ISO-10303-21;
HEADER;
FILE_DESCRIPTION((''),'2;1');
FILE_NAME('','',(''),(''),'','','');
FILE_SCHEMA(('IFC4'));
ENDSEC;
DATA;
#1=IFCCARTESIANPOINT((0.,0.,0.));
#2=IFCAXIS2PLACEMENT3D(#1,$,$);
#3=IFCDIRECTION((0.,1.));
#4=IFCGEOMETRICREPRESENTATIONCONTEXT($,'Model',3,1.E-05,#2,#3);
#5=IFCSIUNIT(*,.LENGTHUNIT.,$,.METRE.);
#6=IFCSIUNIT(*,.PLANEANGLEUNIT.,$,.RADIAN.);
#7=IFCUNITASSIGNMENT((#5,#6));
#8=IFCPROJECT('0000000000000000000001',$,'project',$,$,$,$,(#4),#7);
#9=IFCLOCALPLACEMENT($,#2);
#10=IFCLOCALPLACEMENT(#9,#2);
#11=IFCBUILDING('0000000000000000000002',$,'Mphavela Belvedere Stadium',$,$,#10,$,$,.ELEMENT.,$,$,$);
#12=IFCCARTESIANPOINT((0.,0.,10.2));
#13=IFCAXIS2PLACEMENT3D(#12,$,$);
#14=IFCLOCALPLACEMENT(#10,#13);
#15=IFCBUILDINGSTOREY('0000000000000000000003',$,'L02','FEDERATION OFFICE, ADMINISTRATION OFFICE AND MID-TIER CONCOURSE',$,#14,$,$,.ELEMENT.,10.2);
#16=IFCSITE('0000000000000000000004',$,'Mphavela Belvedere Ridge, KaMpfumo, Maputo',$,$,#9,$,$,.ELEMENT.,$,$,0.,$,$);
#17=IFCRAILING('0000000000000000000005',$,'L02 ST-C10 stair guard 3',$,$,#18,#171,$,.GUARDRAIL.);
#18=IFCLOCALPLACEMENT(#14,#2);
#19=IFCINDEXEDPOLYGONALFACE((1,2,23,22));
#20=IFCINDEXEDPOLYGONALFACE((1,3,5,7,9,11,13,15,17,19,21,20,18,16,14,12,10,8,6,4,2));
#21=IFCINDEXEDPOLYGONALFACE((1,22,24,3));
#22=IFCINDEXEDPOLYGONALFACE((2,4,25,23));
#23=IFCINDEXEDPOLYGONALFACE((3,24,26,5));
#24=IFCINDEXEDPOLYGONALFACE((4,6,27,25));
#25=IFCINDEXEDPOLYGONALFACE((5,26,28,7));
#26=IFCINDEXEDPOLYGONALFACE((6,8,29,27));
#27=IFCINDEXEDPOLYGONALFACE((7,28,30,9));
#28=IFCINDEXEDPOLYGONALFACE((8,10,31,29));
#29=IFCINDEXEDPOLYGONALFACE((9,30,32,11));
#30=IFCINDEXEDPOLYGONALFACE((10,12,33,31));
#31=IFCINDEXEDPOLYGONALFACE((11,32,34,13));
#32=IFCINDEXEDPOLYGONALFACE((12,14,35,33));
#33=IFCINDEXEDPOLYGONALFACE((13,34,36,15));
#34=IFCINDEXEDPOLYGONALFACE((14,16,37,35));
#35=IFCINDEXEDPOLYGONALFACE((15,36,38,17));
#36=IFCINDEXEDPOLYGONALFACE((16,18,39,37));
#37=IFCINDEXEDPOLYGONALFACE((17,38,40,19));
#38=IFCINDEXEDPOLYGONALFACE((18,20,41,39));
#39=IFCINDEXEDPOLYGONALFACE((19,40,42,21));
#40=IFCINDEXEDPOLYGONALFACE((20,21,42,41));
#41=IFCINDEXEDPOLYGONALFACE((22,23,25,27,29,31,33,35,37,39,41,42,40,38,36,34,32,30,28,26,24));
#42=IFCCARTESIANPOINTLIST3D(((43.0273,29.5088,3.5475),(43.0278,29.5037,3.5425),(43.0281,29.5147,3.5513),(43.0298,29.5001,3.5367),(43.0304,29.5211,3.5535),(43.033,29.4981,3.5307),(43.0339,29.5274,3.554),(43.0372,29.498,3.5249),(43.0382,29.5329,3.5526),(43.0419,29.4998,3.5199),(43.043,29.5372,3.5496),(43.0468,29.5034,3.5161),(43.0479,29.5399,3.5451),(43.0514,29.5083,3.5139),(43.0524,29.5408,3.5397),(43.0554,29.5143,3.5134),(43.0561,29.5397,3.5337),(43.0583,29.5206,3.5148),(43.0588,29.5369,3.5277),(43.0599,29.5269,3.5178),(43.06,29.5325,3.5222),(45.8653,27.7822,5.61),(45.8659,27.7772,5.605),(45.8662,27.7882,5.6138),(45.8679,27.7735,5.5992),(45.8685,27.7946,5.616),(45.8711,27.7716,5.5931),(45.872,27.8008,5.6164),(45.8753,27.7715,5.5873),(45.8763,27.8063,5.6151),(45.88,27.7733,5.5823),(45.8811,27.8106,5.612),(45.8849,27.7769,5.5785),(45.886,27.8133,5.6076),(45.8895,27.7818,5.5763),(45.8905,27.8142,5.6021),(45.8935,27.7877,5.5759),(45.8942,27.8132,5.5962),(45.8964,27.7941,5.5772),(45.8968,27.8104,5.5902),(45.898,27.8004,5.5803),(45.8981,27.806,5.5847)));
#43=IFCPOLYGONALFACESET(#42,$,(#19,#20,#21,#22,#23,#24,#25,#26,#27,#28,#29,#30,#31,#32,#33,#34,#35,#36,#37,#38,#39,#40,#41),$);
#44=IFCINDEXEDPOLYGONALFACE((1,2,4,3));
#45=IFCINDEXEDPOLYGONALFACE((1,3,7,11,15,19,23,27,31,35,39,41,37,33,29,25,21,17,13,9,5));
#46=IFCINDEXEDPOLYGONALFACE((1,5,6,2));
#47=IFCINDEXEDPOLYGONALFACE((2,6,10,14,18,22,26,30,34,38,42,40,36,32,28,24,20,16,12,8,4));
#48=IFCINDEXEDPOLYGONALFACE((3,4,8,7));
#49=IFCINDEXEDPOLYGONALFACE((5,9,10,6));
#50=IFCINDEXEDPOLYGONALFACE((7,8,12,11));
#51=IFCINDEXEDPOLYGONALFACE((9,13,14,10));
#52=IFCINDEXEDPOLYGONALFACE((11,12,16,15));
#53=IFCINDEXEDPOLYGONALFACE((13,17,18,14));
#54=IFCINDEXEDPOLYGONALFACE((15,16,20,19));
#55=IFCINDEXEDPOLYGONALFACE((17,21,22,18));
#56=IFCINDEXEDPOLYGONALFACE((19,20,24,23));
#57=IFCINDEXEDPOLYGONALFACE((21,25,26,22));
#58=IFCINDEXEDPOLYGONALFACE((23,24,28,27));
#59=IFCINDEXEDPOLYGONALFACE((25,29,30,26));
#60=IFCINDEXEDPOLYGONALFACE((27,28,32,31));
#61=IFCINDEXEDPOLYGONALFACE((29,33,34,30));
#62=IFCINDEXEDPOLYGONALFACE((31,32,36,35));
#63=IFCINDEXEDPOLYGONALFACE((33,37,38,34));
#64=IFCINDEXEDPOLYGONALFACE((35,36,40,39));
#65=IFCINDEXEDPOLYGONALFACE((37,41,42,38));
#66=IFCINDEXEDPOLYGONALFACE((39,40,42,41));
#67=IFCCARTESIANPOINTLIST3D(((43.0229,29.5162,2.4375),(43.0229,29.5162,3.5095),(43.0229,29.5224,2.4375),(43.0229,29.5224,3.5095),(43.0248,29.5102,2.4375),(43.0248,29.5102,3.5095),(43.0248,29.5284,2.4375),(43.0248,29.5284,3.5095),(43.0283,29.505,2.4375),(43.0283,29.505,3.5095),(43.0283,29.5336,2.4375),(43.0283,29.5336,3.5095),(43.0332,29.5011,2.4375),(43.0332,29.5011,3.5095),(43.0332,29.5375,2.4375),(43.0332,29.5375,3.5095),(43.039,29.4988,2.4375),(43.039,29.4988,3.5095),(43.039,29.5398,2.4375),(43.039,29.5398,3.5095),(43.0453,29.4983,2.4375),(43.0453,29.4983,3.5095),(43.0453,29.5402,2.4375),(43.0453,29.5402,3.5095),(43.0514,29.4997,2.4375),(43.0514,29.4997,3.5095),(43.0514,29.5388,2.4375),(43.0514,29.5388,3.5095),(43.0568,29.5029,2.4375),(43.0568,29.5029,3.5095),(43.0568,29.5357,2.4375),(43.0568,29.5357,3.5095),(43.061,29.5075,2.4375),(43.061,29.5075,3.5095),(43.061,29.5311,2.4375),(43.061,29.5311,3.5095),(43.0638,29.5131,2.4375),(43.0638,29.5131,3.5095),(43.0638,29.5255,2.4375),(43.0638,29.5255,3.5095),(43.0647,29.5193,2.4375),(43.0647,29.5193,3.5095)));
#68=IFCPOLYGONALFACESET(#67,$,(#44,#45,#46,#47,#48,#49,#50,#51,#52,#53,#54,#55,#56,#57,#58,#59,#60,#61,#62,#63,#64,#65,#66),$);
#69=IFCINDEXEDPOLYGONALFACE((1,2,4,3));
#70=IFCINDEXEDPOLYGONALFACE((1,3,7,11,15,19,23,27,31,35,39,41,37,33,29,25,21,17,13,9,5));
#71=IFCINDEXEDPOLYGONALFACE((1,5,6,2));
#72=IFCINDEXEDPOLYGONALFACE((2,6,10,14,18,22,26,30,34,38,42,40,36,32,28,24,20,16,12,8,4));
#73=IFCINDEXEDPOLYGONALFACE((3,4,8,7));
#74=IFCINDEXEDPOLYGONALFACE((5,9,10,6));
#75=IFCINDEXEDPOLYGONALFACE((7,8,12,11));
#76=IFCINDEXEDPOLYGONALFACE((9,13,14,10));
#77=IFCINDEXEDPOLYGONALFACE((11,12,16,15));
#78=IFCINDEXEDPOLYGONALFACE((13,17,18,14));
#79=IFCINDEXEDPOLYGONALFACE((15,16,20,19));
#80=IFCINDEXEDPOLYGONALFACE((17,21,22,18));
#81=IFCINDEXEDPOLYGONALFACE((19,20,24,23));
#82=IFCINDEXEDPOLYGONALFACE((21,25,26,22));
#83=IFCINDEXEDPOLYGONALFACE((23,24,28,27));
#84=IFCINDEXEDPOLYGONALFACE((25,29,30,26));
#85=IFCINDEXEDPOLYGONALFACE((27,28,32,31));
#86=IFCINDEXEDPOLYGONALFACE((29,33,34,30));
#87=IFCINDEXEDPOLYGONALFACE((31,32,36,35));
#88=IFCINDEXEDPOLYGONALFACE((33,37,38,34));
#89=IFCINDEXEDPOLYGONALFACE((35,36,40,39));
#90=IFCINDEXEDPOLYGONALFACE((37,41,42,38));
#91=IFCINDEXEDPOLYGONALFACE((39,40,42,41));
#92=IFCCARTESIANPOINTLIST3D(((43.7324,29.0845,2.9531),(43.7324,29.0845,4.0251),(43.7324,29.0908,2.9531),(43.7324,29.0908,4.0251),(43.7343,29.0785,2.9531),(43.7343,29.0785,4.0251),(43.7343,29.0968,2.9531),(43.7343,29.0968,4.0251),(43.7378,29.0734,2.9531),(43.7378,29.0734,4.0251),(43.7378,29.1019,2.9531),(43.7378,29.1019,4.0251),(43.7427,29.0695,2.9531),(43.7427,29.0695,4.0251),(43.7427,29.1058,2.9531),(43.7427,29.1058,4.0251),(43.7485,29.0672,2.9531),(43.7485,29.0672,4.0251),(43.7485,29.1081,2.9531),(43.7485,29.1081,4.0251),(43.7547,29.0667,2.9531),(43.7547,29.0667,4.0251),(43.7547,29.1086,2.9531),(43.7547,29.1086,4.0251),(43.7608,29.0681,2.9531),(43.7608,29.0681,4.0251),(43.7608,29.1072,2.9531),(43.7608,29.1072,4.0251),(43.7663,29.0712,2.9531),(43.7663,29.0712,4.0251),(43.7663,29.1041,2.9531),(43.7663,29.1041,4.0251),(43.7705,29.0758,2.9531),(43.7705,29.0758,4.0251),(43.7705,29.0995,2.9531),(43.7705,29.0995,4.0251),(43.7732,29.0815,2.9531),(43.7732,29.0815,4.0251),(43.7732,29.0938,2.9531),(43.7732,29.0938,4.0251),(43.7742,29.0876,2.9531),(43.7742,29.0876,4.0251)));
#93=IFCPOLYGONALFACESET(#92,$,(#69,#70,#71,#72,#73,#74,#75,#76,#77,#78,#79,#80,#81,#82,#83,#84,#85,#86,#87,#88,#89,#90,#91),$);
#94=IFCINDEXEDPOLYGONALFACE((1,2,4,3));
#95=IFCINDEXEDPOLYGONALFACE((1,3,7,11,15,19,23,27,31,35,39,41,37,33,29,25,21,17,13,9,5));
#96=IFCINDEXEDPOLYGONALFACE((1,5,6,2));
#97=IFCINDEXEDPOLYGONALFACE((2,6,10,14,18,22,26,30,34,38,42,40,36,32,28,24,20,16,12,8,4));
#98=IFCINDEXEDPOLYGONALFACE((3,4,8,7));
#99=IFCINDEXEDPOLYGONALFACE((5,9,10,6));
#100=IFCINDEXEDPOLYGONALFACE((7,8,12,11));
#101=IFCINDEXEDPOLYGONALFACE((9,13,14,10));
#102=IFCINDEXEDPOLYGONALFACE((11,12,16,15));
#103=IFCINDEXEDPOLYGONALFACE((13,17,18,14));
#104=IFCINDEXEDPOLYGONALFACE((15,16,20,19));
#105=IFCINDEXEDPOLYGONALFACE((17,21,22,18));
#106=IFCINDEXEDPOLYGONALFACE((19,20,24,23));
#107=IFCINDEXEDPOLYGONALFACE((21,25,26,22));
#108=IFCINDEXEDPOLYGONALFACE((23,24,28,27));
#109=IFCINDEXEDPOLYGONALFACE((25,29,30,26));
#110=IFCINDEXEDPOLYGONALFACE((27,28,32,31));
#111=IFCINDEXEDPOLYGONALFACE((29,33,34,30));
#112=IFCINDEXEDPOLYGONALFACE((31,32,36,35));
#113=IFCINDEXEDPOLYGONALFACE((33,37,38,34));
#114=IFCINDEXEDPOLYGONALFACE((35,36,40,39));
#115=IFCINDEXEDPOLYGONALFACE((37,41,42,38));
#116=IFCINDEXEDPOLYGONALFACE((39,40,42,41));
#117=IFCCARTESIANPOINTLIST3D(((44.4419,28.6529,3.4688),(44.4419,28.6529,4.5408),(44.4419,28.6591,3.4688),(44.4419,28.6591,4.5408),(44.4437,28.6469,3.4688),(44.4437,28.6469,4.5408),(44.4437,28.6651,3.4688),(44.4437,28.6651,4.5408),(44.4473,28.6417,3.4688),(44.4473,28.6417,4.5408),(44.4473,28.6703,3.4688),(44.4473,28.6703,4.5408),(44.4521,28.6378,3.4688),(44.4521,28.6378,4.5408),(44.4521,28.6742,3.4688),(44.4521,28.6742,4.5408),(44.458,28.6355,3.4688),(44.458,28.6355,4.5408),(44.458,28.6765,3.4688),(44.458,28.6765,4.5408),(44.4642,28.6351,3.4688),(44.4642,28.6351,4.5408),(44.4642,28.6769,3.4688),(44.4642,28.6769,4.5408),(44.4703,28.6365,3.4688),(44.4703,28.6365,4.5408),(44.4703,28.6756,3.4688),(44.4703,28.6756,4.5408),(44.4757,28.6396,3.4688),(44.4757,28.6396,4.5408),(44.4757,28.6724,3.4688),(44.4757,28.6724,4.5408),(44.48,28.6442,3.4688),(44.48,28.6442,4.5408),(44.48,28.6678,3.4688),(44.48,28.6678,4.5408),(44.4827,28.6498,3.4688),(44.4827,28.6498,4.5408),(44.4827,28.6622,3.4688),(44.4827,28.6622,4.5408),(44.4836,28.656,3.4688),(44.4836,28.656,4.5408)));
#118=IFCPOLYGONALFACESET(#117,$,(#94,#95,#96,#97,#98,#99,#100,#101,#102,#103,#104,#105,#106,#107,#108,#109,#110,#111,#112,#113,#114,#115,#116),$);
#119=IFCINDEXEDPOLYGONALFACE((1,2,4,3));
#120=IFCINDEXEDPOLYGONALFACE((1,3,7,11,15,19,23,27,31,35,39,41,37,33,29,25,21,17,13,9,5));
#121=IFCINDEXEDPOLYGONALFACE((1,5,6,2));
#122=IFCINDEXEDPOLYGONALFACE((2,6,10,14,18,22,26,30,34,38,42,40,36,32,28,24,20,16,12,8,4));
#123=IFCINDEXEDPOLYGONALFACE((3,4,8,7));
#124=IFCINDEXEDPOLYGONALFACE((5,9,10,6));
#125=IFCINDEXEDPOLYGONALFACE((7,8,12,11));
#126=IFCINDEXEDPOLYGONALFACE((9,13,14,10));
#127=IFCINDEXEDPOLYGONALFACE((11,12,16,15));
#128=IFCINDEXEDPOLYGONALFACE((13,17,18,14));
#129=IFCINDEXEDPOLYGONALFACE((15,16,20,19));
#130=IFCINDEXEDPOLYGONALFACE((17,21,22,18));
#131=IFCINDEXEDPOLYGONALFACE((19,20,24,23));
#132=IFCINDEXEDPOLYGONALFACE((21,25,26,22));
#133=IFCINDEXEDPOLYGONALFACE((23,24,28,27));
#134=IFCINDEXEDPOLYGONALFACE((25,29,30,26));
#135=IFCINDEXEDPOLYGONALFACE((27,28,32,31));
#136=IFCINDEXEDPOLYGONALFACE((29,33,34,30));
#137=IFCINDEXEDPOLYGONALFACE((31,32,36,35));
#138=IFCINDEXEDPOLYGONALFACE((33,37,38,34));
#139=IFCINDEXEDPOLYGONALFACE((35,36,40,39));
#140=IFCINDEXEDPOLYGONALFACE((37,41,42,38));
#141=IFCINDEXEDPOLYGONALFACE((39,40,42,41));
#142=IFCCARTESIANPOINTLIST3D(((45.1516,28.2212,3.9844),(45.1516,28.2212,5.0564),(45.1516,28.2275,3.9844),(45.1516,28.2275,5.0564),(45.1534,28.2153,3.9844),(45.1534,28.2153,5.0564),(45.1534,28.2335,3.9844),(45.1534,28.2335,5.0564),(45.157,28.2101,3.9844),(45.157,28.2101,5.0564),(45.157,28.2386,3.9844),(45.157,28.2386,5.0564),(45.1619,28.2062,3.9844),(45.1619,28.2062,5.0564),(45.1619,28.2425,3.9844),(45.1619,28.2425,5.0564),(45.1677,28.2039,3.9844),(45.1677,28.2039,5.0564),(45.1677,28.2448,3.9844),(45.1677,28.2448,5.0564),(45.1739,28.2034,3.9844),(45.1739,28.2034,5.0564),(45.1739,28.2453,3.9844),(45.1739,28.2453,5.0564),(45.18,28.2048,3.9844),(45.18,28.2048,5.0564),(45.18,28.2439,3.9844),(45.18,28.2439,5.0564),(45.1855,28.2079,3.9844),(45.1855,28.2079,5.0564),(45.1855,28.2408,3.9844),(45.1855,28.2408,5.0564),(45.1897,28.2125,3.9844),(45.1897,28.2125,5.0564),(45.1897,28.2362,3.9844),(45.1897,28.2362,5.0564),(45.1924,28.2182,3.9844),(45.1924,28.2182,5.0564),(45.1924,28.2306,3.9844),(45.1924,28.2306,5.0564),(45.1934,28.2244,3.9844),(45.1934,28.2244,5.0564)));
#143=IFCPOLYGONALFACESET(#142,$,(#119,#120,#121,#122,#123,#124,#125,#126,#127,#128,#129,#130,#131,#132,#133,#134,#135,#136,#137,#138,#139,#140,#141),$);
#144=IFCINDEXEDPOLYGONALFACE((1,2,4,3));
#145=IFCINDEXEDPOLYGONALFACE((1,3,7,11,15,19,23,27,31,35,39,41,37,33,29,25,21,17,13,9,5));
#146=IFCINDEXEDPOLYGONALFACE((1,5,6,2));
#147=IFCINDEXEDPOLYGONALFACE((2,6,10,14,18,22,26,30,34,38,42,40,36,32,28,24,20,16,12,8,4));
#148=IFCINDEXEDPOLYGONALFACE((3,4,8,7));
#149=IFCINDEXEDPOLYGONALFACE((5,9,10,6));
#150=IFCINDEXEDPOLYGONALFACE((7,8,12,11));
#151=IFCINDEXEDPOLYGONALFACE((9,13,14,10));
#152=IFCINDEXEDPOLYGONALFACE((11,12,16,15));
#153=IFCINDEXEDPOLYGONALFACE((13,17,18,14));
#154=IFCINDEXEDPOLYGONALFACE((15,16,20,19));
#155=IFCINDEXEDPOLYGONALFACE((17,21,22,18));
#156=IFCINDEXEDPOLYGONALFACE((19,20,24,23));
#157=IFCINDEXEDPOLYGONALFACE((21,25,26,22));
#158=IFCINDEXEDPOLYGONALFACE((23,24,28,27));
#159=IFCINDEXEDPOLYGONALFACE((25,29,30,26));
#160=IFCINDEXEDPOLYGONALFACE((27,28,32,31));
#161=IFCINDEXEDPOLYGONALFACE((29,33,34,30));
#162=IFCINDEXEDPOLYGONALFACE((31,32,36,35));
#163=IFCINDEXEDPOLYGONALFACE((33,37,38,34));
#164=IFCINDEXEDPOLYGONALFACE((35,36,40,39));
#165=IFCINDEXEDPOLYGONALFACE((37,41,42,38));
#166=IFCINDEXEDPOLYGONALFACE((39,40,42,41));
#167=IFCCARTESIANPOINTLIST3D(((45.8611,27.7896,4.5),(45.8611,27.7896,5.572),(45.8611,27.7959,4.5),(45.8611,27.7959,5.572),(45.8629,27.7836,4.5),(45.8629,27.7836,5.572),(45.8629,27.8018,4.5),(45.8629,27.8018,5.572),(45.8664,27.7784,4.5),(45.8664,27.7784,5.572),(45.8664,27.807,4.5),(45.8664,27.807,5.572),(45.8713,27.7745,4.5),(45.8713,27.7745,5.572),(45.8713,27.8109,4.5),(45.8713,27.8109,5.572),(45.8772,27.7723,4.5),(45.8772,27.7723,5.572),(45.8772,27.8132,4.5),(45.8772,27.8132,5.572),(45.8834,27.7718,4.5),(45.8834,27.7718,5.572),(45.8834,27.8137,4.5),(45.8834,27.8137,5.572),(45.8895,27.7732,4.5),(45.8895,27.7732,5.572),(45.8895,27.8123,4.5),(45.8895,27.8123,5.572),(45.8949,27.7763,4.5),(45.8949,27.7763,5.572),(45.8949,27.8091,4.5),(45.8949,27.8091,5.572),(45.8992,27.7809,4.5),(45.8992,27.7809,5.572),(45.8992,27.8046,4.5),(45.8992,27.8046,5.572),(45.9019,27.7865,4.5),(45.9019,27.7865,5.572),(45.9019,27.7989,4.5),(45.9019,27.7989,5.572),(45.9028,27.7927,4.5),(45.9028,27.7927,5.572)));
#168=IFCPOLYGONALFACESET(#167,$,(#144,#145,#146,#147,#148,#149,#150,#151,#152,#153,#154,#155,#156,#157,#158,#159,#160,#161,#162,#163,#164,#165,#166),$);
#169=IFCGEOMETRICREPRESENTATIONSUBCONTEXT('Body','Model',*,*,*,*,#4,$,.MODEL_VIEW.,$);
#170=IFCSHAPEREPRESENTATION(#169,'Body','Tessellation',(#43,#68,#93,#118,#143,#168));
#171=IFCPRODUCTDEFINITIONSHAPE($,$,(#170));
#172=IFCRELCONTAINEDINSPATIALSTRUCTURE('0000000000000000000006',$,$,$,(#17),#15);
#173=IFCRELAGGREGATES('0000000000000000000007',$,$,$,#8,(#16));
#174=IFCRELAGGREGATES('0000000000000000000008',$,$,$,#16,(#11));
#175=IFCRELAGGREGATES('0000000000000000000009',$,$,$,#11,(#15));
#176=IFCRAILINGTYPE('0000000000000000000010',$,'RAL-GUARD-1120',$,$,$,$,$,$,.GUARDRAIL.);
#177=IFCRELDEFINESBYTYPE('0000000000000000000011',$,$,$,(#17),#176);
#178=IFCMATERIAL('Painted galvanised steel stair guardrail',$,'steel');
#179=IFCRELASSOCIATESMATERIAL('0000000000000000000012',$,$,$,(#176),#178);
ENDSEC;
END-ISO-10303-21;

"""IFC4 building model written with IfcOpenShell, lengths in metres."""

from ifc_helpers import new_model, si_unit, direction, frame, origin, origin_2d, place, context, subcontext, project, spatial, circle, extrude, material, type_object, element, save


model = new_model("IFC4")

# Units and contexts
model_context = context("Model", 3, precision=1e-05, world=origin(), true_north=direction((0.0, 1.0)))
body_context = subcontext(model_context, "Body", "Model", "MODEL_VIEW")
ifc_project = project(units=[si_unit("LENGTHUNIT", "METRE"), si_unit("PLANEANGLEUNIT", "RADIAN")], contexts=[model_context])

# Site, building, storey
site_placement = place(None, origin())
site = spatial("IfcSite", under=ifc_project, at=site_placement, Name="Mphavela Belvedere Ridge, KaMpfumo, Maputo", CompositionType="ELEMENT", RefElevation=0.0)
building_placement = place(site_placement, origin())
building = spatial("IfcBuilding", under=site, at=building_placement, Name="Mphavela Belvedere Stadium", CompositionType="ELEMENT")
storey_placement = place(building_placement, frame((0.0, 0.0, 10.2)))
storey = spatial("IfcBuildingStorey", under=building, at=storey_placement, Name="L02", Description="FEDERATION OFFICE, ADMINISTRATION OFFICE AND MID-TIER CONCOURSE", CompositionType="ELEMENT", Elevation=10.2)

# Railing
ifc_material_1 = material(Name="Painted galvanised steel stair guardrail", Category="steel")
railing_type_1 = type_object("IfcRailingType", Name="RAL-GUARD-1120", PredefinedType="GUARDRAIL", material=ifc_material_1)
railing_1_placement = place(storey_placement, frame((43.0437, 29.5193, 2.4375)))
element("IfcRailing", 1, at=railing_1_placement, inside=storey, type_object=railing_type_1, Name="L02 ST-C10 stair guard 3", PredefinedType="GUARDRAIL", context=body_context, shape_type="SweptSolid", body=[
    extrude(circle(Radius=0.0239, at=origin_2d()), frame((0.0, 0.0, 1.0962), z_axis=(0.725822, -0.44155, 0.527462), x_axis=(0.519728, 0.854332, 0.0)), (0.0, 0.0, 1.0), 3.9102),
    extrude(circle(Radius=0.021, at=origin_2d()), origin(), (0.0, 0.0, 1.0), 1.072),
    extrude(circle(Radius=0.021, at=origin_2d()), frame((0.7095, -0.4316, 0.5156)), (0.0, 0.0, 1.0), 1.072),
    extrude(circle(Radius=0.021, at=origin_2d()), frame((1.4189, -0.8633, 1.0312)), (0.0, 0.0, 1.0), 1.072),
    extrude(circle(Radius=0.021, at=origin_2d()), frame((2.1287, -1.2949, 1.5469)), (0.0, 0.0, 1.0), 1.072),
    extrude(circle(Radius=0.021, at=origin_2d()), frame((2.8381, -1.7266, 2.0625)), (0.0, 0.0, 1.0), 1.072),
])

save(model, "model.ifc")
